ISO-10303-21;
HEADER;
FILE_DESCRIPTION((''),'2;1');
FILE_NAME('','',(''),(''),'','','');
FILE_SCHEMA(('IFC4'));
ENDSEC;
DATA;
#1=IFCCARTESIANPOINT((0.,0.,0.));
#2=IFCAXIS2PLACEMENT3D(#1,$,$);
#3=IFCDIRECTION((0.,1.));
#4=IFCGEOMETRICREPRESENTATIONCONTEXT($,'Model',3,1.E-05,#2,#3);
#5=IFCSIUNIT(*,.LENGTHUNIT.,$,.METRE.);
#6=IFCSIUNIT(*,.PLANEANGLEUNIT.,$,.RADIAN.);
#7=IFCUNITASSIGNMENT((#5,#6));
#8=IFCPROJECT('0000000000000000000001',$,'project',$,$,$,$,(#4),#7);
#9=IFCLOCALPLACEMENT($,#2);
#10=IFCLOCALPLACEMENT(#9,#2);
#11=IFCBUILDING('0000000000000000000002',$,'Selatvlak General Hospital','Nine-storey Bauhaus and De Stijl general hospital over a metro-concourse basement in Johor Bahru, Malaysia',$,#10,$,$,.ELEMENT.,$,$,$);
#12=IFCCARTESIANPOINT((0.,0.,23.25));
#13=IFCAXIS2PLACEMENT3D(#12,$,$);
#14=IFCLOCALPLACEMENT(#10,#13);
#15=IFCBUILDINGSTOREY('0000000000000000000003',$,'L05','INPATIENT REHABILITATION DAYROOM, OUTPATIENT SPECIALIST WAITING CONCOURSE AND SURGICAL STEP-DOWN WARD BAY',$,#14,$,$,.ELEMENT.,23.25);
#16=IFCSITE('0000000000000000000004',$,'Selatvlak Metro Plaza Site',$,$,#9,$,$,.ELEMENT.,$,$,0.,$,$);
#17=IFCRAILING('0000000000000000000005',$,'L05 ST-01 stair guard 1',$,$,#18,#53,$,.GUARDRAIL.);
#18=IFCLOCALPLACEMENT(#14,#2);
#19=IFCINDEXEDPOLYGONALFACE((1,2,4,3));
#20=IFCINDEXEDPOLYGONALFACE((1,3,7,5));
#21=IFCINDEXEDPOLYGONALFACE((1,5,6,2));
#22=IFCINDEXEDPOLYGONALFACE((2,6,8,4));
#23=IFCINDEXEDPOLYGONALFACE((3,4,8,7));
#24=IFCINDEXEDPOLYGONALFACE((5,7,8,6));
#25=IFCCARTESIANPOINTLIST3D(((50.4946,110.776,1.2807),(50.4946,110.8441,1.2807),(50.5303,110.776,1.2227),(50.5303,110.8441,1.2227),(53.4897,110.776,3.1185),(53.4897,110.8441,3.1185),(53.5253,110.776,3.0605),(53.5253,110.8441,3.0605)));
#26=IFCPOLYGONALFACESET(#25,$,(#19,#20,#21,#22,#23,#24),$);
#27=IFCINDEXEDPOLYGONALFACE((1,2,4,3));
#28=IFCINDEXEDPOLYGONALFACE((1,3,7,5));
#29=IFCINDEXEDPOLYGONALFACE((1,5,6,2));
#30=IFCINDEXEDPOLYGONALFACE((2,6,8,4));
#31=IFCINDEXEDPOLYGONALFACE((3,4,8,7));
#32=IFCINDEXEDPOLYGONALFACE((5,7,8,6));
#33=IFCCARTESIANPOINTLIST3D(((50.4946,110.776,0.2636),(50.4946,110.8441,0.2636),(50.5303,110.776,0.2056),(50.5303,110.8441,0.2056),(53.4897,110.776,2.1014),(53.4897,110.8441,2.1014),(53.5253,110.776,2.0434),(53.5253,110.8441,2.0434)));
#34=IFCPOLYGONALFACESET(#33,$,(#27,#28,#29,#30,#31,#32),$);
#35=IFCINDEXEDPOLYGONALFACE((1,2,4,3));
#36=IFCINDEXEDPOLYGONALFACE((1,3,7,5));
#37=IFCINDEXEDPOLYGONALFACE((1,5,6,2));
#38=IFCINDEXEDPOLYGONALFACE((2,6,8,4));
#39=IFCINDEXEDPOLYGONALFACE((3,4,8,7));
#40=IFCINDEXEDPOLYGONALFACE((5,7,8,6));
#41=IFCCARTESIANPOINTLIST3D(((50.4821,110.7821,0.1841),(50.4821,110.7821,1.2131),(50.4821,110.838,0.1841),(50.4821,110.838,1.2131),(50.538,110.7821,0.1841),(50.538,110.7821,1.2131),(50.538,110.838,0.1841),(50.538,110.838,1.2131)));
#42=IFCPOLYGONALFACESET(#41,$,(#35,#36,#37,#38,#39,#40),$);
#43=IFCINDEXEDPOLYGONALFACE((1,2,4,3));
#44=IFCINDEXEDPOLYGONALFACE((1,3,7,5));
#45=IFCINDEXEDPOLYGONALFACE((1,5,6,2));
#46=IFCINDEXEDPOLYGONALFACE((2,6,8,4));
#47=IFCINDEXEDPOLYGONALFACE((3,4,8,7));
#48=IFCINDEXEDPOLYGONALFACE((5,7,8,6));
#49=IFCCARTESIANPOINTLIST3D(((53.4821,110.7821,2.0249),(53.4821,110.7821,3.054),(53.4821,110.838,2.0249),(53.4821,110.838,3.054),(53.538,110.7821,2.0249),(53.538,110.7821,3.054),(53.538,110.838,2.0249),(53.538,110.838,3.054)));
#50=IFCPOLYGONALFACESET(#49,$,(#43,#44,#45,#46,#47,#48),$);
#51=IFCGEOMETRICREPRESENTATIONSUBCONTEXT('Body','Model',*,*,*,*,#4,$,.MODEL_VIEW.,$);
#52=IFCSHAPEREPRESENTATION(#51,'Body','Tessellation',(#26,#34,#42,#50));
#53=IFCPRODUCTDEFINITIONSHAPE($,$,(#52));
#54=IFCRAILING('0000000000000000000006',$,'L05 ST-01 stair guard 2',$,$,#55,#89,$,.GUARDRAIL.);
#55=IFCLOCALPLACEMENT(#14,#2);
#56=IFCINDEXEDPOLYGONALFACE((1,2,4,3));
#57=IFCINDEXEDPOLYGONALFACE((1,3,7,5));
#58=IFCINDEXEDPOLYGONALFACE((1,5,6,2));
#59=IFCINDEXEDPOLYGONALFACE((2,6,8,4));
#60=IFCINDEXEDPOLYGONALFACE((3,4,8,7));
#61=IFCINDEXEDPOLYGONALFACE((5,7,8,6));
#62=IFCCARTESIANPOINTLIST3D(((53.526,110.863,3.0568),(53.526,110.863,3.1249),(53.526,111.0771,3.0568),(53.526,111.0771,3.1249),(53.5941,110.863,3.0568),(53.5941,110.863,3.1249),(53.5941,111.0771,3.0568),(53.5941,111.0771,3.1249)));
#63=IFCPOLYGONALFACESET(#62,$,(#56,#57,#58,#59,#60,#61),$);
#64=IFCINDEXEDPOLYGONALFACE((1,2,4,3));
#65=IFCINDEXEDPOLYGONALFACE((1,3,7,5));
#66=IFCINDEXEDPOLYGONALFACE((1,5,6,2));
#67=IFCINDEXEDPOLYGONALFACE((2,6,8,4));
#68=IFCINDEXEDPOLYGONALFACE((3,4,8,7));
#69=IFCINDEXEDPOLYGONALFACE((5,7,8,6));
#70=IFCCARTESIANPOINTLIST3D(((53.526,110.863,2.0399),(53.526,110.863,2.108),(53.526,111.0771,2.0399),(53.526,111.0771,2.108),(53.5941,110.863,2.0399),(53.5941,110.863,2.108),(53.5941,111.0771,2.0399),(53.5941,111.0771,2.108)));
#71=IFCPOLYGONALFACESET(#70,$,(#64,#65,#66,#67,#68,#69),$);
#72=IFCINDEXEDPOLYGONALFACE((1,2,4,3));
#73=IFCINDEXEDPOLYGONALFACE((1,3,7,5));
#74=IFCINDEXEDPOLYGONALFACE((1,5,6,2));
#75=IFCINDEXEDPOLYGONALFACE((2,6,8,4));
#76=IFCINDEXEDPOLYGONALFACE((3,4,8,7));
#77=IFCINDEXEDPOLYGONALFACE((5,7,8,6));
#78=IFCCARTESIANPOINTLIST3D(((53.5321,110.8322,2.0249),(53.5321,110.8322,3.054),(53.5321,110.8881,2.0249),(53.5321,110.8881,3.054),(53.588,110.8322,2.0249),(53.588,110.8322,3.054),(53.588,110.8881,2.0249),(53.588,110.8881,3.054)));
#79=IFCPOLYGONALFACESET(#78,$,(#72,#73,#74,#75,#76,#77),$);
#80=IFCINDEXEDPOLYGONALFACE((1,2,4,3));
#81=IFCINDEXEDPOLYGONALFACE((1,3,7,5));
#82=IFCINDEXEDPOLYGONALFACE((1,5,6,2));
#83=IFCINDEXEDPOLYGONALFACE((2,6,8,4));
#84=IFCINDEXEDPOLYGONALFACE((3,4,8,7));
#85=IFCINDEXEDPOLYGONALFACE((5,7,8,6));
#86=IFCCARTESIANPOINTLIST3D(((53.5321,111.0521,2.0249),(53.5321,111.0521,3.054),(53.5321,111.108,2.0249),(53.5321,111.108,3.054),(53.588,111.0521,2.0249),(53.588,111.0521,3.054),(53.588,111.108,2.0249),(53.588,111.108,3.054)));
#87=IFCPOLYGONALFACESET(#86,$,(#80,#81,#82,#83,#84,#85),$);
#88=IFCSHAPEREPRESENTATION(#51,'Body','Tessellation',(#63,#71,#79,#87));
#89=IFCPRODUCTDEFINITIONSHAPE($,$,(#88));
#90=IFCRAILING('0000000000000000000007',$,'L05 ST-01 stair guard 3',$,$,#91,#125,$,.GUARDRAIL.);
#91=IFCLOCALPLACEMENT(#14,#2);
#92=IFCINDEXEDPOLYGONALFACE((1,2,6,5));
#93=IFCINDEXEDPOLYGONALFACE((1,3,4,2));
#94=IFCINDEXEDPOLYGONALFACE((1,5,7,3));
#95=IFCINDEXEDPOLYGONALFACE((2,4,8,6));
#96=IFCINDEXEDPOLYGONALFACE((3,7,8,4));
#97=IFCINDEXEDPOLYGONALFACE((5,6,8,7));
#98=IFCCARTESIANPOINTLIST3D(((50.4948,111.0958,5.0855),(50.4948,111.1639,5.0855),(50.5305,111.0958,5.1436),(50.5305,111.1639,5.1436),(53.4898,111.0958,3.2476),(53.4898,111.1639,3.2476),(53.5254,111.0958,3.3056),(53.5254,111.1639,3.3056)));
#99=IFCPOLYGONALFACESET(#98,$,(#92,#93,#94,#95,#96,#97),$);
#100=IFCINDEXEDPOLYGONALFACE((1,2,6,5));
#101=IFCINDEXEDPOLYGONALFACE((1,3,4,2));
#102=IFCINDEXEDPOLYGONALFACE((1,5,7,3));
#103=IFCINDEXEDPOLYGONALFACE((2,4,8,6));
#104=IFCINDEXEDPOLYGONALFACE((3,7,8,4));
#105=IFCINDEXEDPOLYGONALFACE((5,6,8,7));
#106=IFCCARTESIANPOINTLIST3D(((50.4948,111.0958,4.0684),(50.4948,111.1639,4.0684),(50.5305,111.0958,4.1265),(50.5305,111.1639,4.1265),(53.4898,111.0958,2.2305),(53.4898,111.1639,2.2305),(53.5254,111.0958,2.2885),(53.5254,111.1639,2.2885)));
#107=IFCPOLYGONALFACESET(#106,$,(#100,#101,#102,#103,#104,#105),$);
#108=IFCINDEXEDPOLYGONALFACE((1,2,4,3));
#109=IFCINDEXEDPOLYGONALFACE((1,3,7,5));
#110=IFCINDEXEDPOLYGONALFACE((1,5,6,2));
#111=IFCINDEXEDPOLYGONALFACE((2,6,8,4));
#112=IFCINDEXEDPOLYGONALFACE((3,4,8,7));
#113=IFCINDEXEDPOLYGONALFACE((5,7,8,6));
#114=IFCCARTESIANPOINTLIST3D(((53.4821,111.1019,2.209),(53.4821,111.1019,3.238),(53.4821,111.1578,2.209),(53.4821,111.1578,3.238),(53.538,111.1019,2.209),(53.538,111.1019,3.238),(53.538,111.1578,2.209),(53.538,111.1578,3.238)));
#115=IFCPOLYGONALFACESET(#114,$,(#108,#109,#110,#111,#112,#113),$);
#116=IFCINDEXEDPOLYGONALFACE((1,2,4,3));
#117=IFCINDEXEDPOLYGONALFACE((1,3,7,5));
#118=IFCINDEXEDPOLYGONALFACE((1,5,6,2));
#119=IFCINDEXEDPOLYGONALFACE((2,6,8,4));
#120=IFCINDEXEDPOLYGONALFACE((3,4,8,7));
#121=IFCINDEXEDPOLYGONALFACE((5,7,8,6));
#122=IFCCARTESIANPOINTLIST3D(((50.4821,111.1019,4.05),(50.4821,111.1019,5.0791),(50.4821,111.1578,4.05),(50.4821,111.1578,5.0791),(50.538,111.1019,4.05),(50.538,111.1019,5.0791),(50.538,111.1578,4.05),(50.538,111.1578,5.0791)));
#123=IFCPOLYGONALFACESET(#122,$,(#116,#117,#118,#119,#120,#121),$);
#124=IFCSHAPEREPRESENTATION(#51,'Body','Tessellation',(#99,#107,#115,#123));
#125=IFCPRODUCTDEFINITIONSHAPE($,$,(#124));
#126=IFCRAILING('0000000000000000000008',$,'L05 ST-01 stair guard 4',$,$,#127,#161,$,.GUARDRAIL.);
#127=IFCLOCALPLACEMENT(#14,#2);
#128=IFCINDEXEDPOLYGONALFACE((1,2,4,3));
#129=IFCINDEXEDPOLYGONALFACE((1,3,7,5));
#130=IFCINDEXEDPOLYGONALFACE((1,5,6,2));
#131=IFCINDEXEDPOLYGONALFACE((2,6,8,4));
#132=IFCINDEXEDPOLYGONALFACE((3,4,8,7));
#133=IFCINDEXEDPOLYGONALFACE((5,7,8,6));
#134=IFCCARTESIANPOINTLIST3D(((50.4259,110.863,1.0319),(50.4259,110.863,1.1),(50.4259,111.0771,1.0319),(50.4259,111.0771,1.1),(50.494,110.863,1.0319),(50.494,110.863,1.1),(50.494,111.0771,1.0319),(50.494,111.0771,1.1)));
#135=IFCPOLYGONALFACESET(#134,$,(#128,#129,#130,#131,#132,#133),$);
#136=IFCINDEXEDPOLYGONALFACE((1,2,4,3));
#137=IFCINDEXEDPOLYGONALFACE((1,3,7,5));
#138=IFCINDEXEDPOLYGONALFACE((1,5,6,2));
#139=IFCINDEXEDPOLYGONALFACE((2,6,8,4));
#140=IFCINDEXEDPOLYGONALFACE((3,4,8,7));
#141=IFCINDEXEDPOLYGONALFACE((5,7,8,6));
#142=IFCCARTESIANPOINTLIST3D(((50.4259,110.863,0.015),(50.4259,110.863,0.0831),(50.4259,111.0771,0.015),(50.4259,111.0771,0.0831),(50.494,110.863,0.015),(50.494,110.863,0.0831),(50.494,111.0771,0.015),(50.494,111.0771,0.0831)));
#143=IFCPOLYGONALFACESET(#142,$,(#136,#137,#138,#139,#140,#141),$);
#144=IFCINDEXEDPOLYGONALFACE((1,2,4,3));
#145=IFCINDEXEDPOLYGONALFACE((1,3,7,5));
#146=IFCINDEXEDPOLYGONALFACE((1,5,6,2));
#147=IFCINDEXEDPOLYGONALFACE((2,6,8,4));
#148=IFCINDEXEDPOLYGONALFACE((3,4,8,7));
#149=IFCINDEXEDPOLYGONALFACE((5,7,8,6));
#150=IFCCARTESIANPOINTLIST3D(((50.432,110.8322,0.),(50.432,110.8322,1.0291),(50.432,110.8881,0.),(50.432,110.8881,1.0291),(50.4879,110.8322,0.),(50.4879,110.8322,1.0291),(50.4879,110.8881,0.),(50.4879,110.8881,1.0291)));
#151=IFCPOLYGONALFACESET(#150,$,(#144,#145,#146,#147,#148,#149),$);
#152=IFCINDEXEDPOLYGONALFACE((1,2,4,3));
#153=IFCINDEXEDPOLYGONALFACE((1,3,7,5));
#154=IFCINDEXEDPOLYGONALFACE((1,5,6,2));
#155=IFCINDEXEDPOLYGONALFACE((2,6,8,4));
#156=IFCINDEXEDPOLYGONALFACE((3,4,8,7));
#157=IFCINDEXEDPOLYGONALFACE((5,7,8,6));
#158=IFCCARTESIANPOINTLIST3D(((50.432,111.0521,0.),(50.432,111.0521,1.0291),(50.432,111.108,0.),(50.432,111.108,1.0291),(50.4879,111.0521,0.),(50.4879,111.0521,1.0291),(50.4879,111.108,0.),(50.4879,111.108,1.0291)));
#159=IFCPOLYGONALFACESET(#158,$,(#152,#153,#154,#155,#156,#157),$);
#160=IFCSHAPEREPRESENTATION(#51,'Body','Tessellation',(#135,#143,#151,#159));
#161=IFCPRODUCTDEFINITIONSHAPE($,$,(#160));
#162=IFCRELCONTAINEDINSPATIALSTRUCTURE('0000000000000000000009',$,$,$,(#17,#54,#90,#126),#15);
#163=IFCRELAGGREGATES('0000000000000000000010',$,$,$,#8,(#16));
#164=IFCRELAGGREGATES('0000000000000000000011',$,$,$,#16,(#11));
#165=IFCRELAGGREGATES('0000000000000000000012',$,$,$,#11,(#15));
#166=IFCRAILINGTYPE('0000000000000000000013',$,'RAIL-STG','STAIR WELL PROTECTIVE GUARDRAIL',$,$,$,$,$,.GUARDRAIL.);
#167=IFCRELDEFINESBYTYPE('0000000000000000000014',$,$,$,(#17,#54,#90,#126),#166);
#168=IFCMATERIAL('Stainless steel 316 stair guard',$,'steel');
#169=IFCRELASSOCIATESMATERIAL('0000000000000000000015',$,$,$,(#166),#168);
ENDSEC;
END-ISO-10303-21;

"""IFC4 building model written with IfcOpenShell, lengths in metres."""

from ifc_helpers import new_model, si_unit, direction, frame, origin, origin_2d, place, context, subcontext, project, spatial, rectangle, extrude, material, type_object, element, save


model = new_model("IFC4")

# Units and contexts
model_context = context("Model", 3, precision=1e-05, world=origin(), true_north=direction((0.0, 1.0)))
body_context = subcontext(model_context, "Body", "Model", "MODEL_VIEW")
ifc_project = project(units=[si_unit("LENGTHUNIT", "METRE"), si_unit("PLANEANGLEUNIT", "RADIAN")], contexts=[model_context])

# Site, building, storey
site_placement = place(None, origin())
site = spatial("IfcSite", under=ifc_project, at=site_placement, Name="Selatvlak Metro Plaza Site", CompositionType="ELEMENT", RefElevation=0.0)
building_placement = place(site_placement, origin())
building = spatial("IfcBuilding", under=site, at=building_placement, Name="Selatvlak General Hospital", Description="Nine-storey Bauhaus and De Stijl general hospital over a metro-concourse basement in Johor Bahru, Malaysia", CompositionType="ELEMENT")
storey_placement = place(building_placement, frame((0.0, 0.0, 23.25)))
storey = spatial("IfcBuildingStorey", under=building, at=storey_placement, Name="L05", Description="INPATIENT REHABILITATION DAYROOM, OUTPATIENT SPECIALIST WAITING CONCOURSE AND SURGICAL STEP-DOWN WARD BAY", CompositionType="ELEMENT", Elevation=23.25)

# Railings
ifc_material_1 = material(Name="Stainless steel 316 stair guard", Category="steel")
railing_type_1 = type_object("IfcRailingType", Name="RAIL-STG", Description="STAIR WELL PROTECTIVE GUARDRAIL", PredefinedType="GUARDRAIL", material=ifc_material_1)
railing_1_placement = place(storey_placement, frame((50.51, 110.8101, 0.1841)))
element("IfcRailing", 1, at=railing_1_placement, inside=storey, type_object=railing_type_1, Name="L05 ST-01 stair guard 1", PredefinedType="GUARDRAIL", context=body_context, shape_type="SweptSolid", body=[
    extrude(rectangle(XDim=0.0681, YDim=0.0681, at=origin_2d()), frame((0.0024, 0.0, 1.0676), z_axis=(0.852334, 0.0, 0.522998), x_axis=(0.0, 1.0, 0.0)), (0.0, 0.0, 1.0), 3.5139),
    extrude(rectangle(XDim=0.0681, YDim=0.0681, at=origin_2d()), frame((0.0024, 0.0, 0.0505), z_axis=(0.852334, 0.0, 0.522998), x_axis=(0.0, 1.0, 0.0)), (0.0, 0.0, 1.0), 3.5139),
    extrude(rectangle(XDim=0.0559, YDim=0.0559, at=origin_2d()), origin(), (0.0, 0.0, 1.0), 1.0291),
    extrude(rectangle(XDim=0.0559, YDim=0.0559, at=origin_2d()), frame((3.0, 0.0, 1.8408)), (0.0, 0.0, 1.0), 1.0291),
])
railing_2_placement = place(storey_placement, frame((53.5601, 110.8601, 2.0249)))
element("IfcRailing", 2, at=railing_2_placement, inside=storey, type_object=railing_type_1, Name="L05 ST-01 stair guard 2", PredefinedType="GUARDRAIL", context=body_context, shape_type="SweptSolid", body=[
    extrude(rectangle(XDim=0.0681, YDim=0.0681, at=origin_2d()), frame((0.0, 0.0029, 1.0659), z_axis=(0.0, 1.0, 0.0), x_axis=(-1.0, 0.0, 0.0)), (0.0, 0.0, 1.0), 0.2141),
    extrude(rectangle(XDim=0.0681, YDim=0.0681, at=origin_2d()), frame((0.0, 0.0029, 0.0491), z_axis=(0.0, 1.0, 0.0), x_axis=(-1.0, 0.0, 0.0)), (0.0, 0.0, 1.0), 0.2141),
    extrude(rectangle(XDim=0.0559, YDim=0.0559, at=origin_2d()), origin(), (0.0, 0.0, 1.0), 1.0291),
    extrude(rectangle(XDim=0.0559, YDim=0.0559, at=origin_2d()), frame((0.0, 0.22, 0.0)), (0.0, 0.0, 1.0), 1.0291),
])
railing_3_placement = place(storey_placement, frame((53.51, 111.1299, 2.209)))
element("IfcRailing", 3, at=railing_3_placement, inside=storey, type_object=railing_type_1, Name="L05 ST-01 stair guard 3", PredefinedType="GUARDRAIL", context=body_context, shape_type="SweptSolid", body=[
    extrude(rectangle(XDim=0.0681, YDim=0.0681, at=origin_2d()), frame((-0.0024, 0.0, 1.0676), z_axis=(-0.852303, 0.0, 0.523048), x_axis=(0.0, -1.0, 0.0)), (0.0, 0.0, 1.0), 3.5139),
    extrude(rectangle(XDim=0.0681, YDim=0.0681, at=origin_2d()), frame((-0.0024, 0.0, 0.0505), z_axis=(-0.852303, 0.0, 0.523048), x_axis=(0.0, -1.0, 0.0)), (0.0, 0.0, 1.0), 3.5139),
    extrude(rectangle(XDim=0.0559, YDim=0.0559, at=origin_2d()), origin(), (0.0, 0.0, 1.0), 1.0291),
    extrude(rectangle(XDim=0.0559, YDim=0.0559, at=origin_2d()), frame((-3.0, 0.0, 1.8411)), (0.0, 0.0, 1.0), 1.0291),
])
railing_4_placement = place(storey_placement, frame((50.46, 110.8601, 0.0)))
element("IfcRailing", 4, at=railing_4_placement, inside=storey, type_object=railing_type_1, Name="L05 ST-01 stair guard 4", PredefinedType="GUARDRAIL", context=body_context, shape_type="SweptSolid", body=[
    extrude(rectangle(XDim=0.0681, YDim=0.0681, at=origin_2d()), frame((0.0, 0.0029, 1.0659), z_axis=(0.0, 1.0, 0.0), x_axis=(-1.0, 0.0, 0.0)), (0.0, 0.0, 1.0), 0.2141),
    extrude(rectangle(XDim=0.0681, YDim=0.0681, at=origin_2d()), frame((0.0, 0.0029, 0.0491), z_axis=(0.0, 1.0, 0.0), x_axis=(-1.0, 0.0, 0.0)), (0.0, 0.0, 1.0), 0.2141),
    extrude(rectangle(XDim=0.0559, YDim=0.0559, at=origin_2d()), origin(), (0.0, 0.0, 1.0), 1.0291),
    extrude(rectangle(XDim=0.0559, YDim=0.0559, at=origin_2d()), frame((0.0, 0.22, 0.0)), (0.0, 0.0, 1.0), 1.0291),
])

save(model, "model.ifc")
